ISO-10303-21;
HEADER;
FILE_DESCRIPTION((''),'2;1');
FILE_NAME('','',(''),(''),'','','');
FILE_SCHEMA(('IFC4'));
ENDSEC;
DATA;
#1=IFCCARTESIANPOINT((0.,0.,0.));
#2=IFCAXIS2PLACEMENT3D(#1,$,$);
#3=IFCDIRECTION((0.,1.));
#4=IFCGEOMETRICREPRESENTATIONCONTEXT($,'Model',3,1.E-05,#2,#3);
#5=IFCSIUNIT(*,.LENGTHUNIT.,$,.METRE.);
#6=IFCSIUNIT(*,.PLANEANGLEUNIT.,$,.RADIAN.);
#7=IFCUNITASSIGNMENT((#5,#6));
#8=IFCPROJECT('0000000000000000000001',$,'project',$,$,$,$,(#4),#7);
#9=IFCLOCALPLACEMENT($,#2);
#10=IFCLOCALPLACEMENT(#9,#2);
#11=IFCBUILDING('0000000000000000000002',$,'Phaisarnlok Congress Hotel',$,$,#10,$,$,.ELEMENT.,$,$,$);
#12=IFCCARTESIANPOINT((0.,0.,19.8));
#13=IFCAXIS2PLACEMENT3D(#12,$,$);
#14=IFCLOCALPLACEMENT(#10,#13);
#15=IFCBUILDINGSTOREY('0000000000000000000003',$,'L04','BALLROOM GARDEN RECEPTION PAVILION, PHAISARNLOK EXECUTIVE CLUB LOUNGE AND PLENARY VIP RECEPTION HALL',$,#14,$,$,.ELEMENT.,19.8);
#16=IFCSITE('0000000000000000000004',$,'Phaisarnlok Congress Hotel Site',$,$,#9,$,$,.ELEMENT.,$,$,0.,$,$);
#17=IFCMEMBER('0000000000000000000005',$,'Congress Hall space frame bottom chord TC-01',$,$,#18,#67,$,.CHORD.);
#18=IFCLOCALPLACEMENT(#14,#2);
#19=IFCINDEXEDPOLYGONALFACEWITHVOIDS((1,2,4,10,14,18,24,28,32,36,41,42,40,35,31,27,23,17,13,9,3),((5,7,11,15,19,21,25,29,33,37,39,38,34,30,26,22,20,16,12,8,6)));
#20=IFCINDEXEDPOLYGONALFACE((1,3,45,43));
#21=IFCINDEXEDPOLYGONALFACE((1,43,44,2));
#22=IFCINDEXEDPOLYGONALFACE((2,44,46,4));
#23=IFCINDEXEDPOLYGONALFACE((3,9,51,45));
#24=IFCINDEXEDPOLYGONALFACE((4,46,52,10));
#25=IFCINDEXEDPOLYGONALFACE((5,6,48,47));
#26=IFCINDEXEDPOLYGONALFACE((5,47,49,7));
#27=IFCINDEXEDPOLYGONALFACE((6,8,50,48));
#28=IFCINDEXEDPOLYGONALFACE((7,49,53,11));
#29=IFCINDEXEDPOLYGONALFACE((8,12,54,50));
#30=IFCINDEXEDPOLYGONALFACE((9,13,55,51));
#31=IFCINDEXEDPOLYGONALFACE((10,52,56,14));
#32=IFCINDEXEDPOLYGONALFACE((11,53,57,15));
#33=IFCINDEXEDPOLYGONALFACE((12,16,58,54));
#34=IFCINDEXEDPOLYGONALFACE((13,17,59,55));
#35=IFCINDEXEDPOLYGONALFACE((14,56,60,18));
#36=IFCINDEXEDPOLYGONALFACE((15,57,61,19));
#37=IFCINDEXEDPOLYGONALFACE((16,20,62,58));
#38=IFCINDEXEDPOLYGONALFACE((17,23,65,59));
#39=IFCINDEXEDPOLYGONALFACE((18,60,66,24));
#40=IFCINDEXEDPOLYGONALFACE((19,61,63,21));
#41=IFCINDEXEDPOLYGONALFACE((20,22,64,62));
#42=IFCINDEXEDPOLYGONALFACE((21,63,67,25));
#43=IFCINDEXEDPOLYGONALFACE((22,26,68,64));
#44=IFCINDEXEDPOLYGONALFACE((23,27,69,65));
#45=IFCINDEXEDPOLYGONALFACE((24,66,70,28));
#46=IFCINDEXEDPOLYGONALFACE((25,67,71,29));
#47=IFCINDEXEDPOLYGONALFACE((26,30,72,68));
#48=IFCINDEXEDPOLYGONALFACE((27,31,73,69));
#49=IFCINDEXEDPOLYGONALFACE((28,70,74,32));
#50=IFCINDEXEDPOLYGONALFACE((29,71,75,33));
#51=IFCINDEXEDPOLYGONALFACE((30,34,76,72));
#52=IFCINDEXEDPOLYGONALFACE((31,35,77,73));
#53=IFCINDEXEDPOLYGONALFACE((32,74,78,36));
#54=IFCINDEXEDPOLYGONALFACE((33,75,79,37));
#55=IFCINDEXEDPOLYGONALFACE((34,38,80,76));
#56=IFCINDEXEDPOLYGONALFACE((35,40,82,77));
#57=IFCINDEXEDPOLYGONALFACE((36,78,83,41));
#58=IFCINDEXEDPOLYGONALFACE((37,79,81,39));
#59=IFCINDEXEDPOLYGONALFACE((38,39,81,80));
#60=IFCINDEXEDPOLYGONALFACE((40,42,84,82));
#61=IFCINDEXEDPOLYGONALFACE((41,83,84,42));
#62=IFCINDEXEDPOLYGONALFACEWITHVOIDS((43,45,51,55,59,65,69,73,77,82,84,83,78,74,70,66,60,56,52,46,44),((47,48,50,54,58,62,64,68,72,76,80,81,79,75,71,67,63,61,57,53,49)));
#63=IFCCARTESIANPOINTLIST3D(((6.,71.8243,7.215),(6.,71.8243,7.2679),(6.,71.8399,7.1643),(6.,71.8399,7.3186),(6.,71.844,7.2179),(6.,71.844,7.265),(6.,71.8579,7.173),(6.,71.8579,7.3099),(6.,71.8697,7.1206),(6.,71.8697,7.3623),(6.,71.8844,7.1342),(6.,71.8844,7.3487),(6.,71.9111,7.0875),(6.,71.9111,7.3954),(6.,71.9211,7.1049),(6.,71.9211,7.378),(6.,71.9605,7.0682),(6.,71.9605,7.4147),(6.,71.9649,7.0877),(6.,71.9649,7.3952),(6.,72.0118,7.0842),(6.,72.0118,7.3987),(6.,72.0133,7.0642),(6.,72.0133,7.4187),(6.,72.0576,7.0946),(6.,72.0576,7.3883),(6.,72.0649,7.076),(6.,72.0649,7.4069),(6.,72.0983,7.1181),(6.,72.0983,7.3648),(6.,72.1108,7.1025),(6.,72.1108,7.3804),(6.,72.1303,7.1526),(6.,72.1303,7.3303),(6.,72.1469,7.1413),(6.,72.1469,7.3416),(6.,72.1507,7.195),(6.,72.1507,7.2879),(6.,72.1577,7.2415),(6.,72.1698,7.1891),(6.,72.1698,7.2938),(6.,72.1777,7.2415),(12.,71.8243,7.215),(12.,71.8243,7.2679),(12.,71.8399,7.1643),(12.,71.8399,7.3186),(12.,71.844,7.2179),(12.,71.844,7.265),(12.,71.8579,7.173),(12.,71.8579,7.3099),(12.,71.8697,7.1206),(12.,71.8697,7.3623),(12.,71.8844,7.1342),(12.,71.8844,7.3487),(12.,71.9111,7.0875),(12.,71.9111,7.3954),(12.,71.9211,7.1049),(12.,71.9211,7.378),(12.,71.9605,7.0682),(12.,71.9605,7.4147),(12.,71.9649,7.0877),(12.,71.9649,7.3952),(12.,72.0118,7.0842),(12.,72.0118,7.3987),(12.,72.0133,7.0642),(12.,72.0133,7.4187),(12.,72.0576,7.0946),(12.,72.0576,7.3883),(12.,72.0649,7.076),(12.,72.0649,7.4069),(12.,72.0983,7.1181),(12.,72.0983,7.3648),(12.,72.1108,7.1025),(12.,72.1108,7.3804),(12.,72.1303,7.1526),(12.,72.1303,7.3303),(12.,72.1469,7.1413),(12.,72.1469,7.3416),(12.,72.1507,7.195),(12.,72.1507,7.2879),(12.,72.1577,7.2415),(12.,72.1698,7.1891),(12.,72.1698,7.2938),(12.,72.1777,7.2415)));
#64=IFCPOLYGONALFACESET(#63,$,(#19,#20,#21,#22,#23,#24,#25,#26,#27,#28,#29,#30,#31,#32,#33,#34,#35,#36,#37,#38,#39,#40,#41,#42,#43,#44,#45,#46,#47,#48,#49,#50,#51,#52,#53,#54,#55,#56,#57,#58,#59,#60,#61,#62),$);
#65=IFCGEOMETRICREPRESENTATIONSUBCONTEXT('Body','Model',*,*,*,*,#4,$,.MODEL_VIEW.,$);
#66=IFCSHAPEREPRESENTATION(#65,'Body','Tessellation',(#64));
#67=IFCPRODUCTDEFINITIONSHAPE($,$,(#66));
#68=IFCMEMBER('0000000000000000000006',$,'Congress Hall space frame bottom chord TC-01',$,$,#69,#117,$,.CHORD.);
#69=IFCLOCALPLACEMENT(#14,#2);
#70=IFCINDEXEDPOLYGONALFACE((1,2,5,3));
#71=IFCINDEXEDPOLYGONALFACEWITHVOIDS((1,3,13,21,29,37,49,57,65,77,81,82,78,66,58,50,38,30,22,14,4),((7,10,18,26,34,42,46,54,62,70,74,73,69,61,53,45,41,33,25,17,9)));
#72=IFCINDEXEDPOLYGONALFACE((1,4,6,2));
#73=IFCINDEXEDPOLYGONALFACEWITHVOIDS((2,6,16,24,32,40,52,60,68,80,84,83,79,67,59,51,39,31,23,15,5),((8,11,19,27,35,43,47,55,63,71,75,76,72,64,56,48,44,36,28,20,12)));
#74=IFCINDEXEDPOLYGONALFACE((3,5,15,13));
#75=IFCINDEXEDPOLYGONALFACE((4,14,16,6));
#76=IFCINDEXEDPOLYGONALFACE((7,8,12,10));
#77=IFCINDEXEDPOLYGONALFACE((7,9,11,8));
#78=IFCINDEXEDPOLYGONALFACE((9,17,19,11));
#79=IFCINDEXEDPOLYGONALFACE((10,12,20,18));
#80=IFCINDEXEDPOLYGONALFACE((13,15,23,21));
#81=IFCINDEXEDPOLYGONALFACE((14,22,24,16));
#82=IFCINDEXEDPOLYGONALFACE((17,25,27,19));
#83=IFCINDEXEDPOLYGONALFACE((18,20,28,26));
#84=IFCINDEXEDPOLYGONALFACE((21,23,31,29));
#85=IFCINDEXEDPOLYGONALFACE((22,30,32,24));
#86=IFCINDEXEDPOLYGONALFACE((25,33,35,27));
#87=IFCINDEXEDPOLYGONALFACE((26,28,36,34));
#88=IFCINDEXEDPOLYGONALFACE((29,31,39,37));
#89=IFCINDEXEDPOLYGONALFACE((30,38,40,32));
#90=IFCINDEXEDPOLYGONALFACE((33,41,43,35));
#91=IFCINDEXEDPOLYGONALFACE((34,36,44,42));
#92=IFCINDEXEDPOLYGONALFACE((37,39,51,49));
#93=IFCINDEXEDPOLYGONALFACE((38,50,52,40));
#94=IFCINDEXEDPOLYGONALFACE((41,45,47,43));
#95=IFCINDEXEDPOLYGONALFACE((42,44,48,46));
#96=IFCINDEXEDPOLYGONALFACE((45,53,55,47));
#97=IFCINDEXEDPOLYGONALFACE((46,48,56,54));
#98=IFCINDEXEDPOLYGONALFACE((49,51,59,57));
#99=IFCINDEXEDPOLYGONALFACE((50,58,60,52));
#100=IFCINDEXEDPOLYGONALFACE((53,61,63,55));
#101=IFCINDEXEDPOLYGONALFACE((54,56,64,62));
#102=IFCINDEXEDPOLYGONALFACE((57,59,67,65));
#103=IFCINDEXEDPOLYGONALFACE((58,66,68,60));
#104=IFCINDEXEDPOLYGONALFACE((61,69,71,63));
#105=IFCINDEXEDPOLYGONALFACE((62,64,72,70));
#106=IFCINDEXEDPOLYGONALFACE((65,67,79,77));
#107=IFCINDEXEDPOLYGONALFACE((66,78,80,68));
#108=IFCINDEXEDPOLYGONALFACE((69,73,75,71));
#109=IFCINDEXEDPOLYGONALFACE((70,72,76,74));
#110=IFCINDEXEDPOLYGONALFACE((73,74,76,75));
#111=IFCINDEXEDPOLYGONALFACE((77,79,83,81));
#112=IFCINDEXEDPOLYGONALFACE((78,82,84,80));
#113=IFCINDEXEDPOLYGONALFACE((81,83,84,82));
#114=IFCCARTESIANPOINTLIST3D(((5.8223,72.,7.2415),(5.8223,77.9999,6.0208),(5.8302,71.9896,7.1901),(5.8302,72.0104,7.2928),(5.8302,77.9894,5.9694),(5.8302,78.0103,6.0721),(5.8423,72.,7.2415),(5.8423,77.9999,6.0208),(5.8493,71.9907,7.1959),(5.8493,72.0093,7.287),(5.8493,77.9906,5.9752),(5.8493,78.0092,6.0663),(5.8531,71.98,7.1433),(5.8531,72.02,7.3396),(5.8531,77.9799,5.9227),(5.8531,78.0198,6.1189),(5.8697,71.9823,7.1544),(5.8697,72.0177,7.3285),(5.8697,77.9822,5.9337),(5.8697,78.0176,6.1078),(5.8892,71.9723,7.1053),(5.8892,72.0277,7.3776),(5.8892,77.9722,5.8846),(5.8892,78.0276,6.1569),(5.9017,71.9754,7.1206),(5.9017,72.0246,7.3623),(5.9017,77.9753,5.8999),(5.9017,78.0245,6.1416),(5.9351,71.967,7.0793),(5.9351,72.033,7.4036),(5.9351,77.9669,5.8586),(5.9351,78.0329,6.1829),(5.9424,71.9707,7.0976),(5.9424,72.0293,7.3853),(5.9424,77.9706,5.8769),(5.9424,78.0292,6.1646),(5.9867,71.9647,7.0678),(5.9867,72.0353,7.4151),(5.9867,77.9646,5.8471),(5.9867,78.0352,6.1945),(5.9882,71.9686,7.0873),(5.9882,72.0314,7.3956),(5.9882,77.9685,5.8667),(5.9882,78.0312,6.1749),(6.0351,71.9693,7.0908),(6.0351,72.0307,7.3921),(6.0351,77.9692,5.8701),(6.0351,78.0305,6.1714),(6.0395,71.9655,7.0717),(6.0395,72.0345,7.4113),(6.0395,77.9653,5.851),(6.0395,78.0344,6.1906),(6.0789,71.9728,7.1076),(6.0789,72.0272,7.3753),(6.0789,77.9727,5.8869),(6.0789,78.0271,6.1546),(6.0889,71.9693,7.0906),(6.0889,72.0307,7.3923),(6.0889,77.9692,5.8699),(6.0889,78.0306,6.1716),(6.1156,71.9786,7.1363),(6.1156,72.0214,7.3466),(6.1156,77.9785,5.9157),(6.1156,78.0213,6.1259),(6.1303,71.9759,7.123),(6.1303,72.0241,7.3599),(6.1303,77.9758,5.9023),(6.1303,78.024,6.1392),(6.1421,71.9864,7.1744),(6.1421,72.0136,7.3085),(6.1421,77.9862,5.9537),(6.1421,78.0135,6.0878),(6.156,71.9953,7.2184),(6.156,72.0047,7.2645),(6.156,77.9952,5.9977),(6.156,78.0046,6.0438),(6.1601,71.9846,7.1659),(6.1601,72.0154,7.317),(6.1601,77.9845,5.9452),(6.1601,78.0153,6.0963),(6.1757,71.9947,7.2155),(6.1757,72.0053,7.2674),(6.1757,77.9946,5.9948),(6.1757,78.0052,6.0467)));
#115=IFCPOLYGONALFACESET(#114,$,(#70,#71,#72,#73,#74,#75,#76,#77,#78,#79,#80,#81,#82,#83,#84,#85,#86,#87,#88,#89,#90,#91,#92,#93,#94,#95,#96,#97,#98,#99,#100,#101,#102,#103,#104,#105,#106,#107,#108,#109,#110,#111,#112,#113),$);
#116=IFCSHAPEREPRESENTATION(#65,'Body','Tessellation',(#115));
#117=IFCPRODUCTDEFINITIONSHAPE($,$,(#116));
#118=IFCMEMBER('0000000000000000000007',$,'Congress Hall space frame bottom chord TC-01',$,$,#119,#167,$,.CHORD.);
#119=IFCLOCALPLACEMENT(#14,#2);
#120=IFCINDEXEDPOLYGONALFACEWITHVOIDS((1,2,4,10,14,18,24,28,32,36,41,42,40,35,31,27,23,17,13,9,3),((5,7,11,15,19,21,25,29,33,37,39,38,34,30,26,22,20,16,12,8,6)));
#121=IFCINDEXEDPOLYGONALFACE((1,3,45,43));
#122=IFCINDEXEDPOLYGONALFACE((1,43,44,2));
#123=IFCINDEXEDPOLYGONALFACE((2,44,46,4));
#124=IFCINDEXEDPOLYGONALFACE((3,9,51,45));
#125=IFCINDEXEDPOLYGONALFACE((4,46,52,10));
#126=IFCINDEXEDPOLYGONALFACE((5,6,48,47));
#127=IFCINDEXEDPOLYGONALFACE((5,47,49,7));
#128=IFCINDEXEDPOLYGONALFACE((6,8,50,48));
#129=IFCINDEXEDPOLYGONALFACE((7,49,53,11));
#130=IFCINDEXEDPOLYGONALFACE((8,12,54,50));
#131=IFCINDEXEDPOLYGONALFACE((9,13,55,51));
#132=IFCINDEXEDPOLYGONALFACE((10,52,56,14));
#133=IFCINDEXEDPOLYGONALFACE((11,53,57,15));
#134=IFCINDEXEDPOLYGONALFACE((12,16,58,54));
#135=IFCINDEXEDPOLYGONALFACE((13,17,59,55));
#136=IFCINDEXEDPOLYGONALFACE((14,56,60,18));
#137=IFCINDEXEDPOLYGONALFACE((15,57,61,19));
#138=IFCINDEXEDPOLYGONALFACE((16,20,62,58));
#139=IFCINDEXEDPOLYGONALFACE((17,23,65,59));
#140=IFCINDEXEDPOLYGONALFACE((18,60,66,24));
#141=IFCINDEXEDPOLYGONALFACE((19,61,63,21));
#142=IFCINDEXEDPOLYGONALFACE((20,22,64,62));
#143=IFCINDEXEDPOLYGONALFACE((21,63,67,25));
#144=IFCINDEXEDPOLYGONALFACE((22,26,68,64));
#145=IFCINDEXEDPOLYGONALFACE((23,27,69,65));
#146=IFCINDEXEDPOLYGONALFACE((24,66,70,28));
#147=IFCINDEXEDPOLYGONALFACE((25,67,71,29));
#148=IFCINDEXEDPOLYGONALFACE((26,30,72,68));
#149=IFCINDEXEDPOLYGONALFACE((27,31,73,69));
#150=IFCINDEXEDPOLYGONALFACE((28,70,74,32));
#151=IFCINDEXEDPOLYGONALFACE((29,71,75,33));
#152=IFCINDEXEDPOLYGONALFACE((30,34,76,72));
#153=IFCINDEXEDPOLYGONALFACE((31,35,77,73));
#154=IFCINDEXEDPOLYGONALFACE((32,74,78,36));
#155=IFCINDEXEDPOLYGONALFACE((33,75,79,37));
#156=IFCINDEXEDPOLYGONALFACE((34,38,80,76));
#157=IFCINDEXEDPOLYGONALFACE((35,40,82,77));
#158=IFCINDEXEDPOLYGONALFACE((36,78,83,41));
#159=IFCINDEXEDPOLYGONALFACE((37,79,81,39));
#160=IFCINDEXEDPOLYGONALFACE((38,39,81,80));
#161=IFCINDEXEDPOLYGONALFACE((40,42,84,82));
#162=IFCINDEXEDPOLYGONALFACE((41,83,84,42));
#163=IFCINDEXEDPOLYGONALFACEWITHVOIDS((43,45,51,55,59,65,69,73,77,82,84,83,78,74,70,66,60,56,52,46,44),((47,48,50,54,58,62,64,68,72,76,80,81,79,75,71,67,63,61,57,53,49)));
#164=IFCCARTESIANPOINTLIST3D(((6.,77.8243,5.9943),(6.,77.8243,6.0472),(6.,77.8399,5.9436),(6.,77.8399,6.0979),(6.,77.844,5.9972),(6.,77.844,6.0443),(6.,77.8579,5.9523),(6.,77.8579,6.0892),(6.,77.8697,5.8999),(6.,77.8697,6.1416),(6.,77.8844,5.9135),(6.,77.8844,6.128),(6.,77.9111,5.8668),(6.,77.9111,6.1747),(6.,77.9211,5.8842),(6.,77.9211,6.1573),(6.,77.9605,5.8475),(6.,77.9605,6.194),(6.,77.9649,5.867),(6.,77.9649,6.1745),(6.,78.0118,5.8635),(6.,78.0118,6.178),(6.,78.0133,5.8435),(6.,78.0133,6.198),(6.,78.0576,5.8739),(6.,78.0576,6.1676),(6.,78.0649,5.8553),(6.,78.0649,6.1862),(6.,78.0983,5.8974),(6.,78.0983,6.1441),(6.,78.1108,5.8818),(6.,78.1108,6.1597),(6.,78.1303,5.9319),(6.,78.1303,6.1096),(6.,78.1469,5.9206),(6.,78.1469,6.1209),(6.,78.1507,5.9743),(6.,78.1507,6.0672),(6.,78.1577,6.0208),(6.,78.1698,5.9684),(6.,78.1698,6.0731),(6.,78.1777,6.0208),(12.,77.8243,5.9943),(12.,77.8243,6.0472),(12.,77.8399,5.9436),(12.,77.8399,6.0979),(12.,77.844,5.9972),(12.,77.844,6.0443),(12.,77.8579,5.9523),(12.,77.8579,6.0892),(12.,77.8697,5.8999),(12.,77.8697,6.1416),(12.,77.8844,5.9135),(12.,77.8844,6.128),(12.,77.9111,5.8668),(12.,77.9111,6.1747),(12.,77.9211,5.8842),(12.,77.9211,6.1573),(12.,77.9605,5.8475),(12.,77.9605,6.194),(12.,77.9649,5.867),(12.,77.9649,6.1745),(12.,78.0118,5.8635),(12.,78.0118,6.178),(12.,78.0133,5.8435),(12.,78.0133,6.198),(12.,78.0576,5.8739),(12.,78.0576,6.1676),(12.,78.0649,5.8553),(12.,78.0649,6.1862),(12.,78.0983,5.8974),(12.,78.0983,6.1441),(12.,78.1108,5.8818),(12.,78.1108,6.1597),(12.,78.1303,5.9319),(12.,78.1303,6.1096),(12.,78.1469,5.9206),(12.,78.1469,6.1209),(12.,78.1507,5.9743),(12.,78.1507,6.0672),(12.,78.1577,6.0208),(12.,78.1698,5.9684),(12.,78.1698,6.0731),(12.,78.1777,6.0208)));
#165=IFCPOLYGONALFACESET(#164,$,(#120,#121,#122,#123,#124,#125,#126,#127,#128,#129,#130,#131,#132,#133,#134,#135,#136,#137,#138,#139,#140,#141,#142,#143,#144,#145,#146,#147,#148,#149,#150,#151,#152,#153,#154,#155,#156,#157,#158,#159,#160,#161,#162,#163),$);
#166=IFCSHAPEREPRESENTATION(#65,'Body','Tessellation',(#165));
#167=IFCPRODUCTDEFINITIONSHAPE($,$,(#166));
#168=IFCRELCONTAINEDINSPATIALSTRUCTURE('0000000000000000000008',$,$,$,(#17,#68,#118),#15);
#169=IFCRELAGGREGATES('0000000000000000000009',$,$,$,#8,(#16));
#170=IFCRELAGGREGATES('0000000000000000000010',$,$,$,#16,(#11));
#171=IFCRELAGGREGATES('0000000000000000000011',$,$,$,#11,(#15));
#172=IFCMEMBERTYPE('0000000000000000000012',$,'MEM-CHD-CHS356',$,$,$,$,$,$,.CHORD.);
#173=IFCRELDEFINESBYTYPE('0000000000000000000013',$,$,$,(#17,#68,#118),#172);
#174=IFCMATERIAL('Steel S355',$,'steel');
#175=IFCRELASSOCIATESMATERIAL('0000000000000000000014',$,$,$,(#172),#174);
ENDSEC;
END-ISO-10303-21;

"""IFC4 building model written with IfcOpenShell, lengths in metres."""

from ifc_helpers import new_model, si_unit, direction, frame, origin, origin_2d, place, context, subcontext, project, spatial, hollow_circle, extrude, material, material_profile, profile_set, type_object, element, save


model = new_model("IFC4")

# Units and contexts
model_context = context("Model", 3, precision=1e-05, world=origin(), true_north=direction((0.0, 1.0)))
body_context = subcontext(model_context, "Body", "Model", "MODEL_VIEW")
ifc_project = project(units=[si_unit("LENGTHUNIT", "METRE"), si_unit("PLANEANGLEUNIT", "RADIAN")], contexts=[model_context])

# Site, building, storey
site_placement = place(None, origin())
site = spatial("IfcSite", under=ifc_project, at=site_placement, Name="Phaisarnlok Congress Hotel Site", CompositionType="ELEMENT", RefElevation=0.0)
building_placement = place(site_placement, origin())
building = spatial("IfcBuilding", under=site, at=building_placement, Name="Phaisarnlok Congress Hotel", CompositionType="ELEMENT")
storey_placement = place(building_placement, frame((0.0, 0.0, 19.8)))
storey = spatial("IfcBuildingStorey", under=building, at=storey_placement, Name="L04", Description="BALLROOM GARDEN RECEPTION PAVILION, PHAISARNLOK EXECUTIVE CLUB LOUNGE AND PLENARY VIP RECEPTION HALL", CompositionType="ELEMENT", Elevation=19.8)

# Members
ifc_material = material(Name="Steel S355", Category="steel")
ifc_material_profile_1 = material_profile(ifc_material, hollow_circle(Radius=0.1777, WallThickness=0.02, at=origin_2d()), Name="CHS 355.6x20")
ifc_profile_set_1 = profile_set([ifc_material_profile_1], Name="Steel S355")
member_type_1 = type_object("IfcMemberType", Name="MEM-CHD-CHS356", PredefinedType="CHORD", material=ifc_profile_set_1)
member_1_placement = place(storey_placement, frame((6.0, 72.0, 7.2415), z_axis=(1.0, 0.0, 0.0), x_axis=(0.0, 1.0, 0.0)))
element("IfcMember", 1, at=member_1_placement, inside=storey, type_object=member_type_1, Name="Congress Hall space frame bottom chord TC-01", PredefinedType="CHORD", context=body_context, shape_type="SweptSolid", body=[
    extrude(hollow_circle(Radius=0.1777, WallThickness=0.02, at=origin_2d()), origin(), (0.0, 0.0, 1.0), 6.0),
])
member_2_placement = place(storey_placement, frame((6.0, 72.0, 7.2415), z_axis=(0.0, 0.979925, -0.199366), x_axis=(-1.0, 0.0, 0.0)))
element("IfcMember", 2, at=member_2_placement, inside=storey, type_object=member_type_1, Name="Congress Hall space frame bottom chord TC-01", PredefinedType="CHORD", context=body_context, shape_type="SweptSolid", body=[
    extrude(hollow_circle(Radius=0.1777, WallThickness=0.02, at=origin_2d()), origin(), (0.0, 0.0, 1.0), 6.1228),
])
member_3_placement = place(storey_placement, frame((6.0, 78.0, 6.0208), z_axis=(1.0, 0.0, 0.0), x_axis=(0.0, 1.0, 0.0)))
element("IfcMember", 3, at=member_3_placement, inside=storey, type_object=member_type_1, Name="Congress Hall space frame bottom chord TC-01", PredefinedType="CHORD", context=body_context, shape_type="SweptSolid", body=[
    extrude(hollow_circle(Radius=0.1777, WallThickness=0.02, at=origin_2d()), origin(), (0.0, 0.0, 1.0), 6.0),
])

save(model, "model.ifc")
